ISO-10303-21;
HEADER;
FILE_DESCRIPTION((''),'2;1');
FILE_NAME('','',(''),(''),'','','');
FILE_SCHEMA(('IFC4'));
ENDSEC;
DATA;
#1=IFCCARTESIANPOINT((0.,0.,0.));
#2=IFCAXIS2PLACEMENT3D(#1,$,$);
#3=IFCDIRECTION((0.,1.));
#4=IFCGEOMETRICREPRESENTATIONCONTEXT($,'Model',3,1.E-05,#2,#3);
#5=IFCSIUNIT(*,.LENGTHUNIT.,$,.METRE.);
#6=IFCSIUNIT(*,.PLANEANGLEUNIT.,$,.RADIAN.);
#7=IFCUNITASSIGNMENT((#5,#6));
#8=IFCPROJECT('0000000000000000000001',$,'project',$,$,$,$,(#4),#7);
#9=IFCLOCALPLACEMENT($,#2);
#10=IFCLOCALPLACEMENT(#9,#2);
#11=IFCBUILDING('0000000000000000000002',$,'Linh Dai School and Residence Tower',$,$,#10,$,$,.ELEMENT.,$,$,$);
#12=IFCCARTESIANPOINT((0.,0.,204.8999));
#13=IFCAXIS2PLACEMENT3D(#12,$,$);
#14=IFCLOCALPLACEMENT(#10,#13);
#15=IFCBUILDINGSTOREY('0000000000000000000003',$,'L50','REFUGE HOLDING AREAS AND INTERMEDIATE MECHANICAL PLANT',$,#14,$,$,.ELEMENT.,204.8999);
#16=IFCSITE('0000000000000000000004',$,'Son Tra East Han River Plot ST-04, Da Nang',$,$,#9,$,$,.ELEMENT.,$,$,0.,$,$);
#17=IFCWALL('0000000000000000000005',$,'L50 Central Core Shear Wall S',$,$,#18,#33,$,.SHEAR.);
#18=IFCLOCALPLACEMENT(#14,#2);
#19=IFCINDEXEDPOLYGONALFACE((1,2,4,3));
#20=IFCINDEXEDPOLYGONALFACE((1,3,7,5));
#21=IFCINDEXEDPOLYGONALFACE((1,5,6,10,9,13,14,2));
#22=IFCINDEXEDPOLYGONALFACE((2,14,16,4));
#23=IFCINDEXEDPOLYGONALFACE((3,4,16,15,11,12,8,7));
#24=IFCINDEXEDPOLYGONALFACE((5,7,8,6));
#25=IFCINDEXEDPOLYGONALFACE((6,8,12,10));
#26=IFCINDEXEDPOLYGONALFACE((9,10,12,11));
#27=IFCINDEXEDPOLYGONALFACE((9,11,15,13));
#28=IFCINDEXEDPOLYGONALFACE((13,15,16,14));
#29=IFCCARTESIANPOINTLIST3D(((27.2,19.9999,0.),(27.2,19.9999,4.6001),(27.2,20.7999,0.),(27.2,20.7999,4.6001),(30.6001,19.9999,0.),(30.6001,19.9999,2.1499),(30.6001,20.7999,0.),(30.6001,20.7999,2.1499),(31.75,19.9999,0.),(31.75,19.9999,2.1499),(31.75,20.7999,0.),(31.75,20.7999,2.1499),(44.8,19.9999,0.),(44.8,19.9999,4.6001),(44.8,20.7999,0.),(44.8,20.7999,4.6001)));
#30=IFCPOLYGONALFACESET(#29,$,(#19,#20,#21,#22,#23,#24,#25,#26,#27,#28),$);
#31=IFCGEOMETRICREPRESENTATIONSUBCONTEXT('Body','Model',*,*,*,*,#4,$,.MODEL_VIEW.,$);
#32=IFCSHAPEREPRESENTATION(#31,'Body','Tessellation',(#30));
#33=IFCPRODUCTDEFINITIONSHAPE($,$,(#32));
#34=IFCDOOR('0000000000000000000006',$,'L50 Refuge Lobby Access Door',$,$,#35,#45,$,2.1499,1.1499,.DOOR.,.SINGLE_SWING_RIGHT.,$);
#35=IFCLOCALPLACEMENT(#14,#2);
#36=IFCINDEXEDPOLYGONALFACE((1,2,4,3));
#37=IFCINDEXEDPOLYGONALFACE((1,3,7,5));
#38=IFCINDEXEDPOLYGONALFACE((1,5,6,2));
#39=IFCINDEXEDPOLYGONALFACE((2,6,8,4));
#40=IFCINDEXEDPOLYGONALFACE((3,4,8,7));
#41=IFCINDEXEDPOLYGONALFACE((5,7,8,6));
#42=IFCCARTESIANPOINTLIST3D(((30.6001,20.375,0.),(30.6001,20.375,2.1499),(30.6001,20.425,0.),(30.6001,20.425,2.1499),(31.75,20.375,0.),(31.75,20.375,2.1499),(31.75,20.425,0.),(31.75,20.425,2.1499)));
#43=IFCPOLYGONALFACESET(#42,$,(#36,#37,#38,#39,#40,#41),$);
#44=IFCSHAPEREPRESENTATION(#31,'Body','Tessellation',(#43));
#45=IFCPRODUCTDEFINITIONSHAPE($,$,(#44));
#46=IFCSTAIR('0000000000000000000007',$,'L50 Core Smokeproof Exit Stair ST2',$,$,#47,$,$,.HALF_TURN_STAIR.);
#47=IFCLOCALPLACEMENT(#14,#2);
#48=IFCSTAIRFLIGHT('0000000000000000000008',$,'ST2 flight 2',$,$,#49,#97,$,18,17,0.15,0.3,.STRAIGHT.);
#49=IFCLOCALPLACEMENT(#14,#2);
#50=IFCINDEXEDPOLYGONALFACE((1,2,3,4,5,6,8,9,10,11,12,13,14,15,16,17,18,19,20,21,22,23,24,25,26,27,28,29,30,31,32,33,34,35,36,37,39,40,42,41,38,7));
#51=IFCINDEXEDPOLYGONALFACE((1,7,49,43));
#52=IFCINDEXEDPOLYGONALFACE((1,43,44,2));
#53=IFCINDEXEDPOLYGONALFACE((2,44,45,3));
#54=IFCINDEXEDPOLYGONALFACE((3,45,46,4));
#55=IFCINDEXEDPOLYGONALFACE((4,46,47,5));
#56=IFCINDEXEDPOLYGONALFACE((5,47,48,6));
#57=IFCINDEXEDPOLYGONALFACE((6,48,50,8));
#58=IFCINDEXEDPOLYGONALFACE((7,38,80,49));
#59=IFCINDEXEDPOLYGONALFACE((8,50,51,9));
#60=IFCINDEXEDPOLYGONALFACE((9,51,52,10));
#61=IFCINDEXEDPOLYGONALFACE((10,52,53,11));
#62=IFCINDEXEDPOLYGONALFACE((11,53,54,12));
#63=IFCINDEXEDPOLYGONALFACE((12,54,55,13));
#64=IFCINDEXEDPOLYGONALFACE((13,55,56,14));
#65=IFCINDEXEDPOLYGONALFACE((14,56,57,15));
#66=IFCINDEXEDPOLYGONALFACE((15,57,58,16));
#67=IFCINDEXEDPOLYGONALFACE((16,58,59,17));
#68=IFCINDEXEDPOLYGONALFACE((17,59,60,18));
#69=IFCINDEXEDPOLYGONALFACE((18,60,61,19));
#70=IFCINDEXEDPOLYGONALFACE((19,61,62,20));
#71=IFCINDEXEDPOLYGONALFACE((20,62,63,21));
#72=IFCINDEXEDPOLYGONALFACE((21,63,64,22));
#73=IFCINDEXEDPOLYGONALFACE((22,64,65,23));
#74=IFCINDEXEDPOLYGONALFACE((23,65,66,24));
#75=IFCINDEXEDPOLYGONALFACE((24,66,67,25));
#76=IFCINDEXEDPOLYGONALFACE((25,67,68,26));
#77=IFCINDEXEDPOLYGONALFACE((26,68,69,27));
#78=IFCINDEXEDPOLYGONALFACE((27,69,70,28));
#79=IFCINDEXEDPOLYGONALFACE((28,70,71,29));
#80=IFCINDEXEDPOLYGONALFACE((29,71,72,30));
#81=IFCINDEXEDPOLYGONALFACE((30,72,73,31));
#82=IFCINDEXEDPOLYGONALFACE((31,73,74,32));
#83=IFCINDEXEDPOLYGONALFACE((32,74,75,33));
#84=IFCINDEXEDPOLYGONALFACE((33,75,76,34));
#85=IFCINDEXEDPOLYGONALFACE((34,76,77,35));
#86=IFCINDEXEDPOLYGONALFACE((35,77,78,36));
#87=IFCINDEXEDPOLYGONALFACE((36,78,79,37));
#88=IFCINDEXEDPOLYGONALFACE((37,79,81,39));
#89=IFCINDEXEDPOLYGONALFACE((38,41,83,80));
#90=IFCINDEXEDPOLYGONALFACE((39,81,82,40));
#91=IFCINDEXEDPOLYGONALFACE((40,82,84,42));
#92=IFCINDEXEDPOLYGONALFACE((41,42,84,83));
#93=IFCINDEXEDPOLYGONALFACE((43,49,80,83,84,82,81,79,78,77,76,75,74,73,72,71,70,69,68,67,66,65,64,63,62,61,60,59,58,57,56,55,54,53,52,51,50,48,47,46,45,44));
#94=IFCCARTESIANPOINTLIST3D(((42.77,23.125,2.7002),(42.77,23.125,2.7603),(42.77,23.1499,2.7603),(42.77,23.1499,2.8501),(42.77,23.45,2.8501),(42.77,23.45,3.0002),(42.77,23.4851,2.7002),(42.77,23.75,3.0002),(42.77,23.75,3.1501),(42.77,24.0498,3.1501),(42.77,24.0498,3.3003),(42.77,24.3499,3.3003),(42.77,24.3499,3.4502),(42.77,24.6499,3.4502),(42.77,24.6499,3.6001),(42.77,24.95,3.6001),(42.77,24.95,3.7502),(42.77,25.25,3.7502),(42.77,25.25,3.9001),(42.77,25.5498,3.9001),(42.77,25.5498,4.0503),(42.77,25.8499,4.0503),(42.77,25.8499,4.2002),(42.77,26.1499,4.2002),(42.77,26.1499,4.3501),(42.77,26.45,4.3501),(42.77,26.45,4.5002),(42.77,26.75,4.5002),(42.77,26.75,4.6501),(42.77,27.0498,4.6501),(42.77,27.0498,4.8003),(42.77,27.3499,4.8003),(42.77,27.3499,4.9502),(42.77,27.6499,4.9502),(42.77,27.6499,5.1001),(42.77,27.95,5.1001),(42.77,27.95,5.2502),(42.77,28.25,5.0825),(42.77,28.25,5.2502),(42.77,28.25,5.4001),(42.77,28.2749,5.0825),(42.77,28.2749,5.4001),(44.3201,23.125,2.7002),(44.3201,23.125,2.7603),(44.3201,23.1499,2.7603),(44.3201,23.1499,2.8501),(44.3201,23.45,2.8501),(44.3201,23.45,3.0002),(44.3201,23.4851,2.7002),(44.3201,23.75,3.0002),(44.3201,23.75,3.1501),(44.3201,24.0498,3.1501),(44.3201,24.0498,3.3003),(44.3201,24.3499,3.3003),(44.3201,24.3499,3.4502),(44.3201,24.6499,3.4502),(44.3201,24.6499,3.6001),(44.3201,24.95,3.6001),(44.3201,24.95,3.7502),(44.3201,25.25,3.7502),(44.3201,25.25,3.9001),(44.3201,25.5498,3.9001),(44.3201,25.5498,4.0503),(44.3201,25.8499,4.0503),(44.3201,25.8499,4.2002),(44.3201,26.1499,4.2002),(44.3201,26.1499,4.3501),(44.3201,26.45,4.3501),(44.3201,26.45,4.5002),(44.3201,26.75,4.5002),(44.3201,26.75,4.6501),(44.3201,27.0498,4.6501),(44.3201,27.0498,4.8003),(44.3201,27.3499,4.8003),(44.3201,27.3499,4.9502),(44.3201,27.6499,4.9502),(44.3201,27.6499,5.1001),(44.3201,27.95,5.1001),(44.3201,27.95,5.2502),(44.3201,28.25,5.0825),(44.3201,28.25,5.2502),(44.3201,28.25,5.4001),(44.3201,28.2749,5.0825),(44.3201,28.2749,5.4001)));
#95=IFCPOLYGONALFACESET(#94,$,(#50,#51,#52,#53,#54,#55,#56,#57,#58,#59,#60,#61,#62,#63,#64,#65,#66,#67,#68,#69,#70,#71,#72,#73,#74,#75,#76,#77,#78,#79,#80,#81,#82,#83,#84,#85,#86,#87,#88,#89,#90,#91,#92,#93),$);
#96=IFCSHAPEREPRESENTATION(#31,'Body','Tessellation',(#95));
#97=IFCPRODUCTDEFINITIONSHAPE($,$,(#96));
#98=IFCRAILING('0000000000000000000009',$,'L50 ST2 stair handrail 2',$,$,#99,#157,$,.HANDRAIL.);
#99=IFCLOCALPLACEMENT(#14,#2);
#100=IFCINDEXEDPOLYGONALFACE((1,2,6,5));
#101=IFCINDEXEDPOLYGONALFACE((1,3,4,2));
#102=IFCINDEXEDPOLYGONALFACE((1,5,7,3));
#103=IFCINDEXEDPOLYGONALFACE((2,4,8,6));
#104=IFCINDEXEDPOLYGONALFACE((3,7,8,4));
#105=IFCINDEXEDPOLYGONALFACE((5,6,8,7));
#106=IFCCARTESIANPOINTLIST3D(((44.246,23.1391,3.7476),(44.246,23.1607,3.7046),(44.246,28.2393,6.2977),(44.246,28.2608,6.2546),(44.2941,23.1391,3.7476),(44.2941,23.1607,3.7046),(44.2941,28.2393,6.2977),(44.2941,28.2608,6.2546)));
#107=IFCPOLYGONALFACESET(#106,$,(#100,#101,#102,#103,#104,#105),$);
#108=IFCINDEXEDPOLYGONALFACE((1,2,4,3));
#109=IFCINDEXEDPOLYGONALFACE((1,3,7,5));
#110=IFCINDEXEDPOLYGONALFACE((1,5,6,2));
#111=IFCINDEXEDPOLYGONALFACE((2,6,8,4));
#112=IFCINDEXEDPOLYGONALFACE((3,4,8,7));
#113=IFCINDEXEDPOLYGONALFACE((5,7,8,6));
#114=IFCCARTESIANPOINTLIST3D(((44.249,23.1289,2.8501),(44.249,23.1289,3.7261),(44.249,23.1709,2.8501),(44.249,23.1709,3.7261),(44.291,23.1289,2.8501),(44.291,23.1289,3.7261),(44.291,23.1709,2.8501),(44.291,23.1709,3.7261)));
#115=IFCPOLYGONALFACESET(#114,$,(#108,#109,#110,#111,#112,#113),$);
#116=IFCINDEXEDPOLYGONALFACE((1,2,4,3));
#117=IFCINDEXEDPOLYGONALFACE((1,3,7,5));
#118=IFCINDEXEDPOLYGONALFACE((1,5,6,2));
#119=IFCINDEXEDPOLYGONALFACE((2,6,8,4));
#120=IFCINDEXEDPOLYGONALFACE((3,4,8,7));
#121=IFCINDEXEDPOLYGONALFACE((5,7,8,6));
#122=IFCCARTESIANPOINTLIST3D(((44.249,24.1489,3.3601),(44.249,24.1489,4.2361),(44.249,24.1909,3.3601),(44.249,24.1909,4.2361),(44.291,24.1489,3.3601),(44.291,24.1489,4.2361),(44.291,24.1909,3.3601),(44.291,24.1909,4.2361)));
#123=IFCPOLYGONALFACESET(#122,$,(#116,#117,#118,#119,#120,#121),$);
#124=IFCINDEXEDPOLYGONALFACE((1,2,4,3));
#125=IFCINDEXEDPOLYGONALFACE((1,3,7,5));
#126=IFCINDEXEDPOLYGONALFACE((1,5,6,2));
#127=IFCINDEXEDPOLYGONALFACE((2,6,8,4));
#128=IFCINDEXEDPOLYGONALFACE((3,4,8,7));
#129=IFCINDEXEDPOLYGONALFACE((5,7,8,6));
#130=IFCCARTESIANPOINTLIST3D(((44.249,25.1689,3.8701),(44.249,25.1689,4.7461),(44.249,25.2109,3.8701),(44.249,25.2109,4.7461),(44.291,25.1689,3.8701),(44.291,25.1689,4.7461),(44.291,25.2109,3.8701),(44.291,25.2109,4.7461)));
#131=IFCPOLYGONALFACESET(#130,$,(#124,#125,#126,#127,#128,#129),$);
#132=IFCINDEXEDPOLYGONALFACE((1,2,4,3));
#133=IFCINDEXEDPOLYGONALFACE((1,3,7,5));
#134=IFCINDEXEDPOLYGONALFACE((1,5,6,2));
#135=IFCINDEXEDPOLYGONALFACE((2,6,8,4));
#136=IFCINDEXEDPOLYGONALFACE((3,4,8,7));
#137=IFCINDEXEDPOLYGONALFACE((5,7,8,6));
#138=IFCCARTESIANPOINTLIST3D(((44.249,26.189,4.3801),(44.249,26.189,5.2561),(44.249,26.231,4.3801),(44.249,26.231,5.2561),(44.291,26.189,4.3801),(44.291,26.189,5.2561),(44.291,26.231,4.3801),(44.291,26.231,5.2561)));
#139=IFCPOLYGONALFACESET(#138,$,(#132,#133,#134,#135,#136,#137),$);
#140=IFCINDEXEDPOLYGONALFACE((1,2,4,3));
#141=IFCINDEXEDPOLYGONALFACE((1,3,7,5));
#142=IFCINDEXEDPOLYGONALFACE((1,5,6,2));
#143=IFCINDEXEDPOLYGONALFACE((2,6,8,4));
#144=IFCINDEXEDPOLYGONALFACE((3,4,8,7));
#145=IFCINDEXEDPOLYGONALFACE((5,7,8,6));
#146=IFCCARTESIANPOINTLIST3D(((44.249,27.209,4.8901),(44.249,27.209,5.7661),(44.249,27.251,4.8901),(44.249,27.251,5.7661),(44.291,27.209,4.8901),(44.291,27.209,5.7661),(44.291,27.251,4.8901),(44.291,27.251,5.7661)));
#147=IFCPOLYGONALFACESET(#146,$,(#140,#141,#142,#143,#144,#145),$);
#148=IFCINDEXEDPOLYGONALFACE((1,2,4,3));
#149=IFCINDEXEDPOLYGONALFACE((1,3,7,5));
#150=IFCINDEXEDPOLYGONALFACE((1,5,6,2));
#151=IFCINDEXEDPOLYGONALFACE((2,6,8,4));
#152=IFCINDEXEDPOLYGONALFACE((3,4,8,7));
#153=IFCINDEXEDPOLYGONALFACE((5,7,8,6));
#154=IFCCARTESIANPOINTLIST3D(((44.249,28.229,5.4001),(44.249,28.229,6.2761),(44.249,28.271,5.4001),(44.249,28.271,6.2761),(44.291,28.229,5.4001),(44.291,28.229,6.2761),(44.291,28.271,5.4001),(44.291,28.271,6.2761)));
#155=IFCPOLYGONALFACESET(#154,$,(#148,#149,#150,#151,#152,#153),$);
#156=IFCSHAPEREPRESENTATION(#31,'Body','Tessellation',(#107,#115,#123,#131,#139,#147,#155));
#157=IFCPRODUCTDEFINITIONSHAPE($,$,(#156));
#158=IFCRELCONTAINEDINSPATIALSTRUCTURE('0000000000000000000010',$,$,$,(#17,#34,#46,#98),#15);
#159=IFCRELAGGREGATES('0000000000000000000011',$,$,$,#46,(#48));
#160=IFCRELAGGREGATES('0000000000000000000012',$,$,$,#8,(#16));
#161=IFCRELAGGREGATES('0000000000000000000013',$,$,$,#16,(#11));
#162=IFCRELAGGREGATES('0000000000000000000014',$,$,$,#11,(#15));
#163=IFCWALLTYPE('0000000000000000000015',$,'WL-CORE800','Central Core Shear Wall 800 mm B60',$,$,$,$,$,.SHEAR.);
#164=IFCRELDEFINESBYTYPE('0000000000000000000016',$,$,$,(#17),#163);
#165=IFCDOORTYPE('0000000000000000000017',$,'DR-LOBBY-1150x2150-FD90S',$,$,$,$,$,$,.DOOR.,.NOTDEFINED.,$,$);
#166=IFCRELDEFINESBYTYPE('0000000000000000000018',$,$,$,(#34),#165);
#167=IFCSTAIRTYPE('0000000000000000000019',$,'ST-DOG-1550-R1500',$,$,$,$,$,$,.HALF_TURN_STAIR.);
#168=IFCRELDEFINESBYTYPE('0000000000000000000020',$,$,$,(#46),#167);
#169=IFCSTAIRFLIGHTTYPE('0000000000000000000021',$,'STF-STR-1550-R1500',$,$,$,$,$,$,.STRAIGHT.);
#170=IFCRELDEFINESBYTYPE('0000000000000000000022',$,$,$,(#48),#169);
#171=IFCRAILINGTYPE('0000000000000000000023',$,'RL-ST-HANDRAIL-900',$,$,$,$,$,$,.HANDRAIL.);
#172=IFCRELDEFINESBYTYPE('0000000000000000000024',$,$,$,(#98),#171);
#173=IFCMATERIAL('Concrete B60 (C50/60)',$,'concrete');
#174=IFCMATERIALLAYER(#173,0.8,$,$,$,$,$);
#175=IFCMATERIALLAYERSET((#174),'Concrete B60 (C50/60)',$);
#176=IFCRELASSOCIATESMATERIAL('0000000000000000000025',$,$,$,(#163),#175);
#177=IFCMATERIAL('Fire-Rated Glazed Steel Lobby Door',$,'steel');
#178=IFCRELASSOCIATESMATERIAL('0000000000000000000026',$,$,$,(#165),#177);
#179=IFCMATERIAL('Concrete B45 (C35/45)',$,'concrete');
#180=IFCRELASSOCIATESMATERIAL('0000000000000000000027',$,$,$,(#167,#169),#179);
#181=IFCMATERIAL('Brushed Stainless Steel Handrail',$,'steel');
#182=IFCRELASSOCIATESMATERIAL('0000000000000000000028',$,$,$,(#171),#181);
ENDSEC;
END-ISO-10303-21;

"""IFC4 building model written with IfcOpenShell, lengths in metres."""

from ifc_helpers import new_model, si_unit, direction, frame, frame_2d, origin, origin_2d, place, context, subcontext, project, spatial, polyline, rectangle, outline, extrude, source, transform, mapped, material, layer, layer_set, type_object, element, fill, aggregate, save


model = new_model("IFC4")

# Units and contexts
model_context = context("Model", 3, precision=1e-05, world=origin(), true_north=direction((0.0, 1.0)))
body_context = subcontext(model_context, "Body", "Model", "MODEL_VIEW")
ifc_project = project(units=[si_unit("LENGTHUNIT", "METRE"), si_unit("PLANEANGLEUNIT", "RADIAN")], contexts=[model_context])

# Site, building, storey
site_placement = place(None, origin())
site = spatial("IfcSite", under=ifc_project, at=site_placement, Name="Son Tra East Han River Plot ST-04, Da Nang", CompositionType="ELEMENT", RefElevation=0.0)
building_placement = place(site_placement, origin())
building = spatial("IfcBuilding", under=site, at=building_placement, Name="Linh Dai School and Residence Tower", CompositionType="ELEMENT")
storey_placement = place(building_placement, frame((0.0, 0.0, 204.8999)))
storey = spatial("IfcBuildingStorey", under=building, at=storey_placement, Name="L50", Description="REFUGE HOLDING AREAS AND INTERMEDIATE MECHANICAL PLANT", CompositionType="ELEMENT", Elevation=204.8999)

# Shared definitions
ifc_material_1 = material(Name="Concrete B45 (C35/45)", Category="concrete")

# Wall, opening, door
ifc_material_2 = material(Name="Concrete B60 (C50/60)", Category="concrete")
ifc_layer_1 = layer(ifc_material_2, 0.8)
ifc_layer_set_1 = layer_set([ifc_layer_1], Name="Concrete B60 (C50/60)")
wall_type_1 = type_object("IfcWallType", Name="WL-CORE800", Description="Central Core Shear Wall 800 mm B60", PredefinedType="SHEAR", material=ifc_layer_set_1)
wall_1_placement = place(storey_placement, frame((44.8, 20.3999, 0.0), z_axis=(0.0, 0.0, 1.0), x_axis=(-1.0, 0.0, 0.0)))
wall_1 = element("IfcWall", 1, at=wall_1_placement, inside=storey, type_object=wall_type_1, Name="L50 Central Core Shear Wall S", PredefinedType="SHEAR", context=body_context, shape_type="SweptSolid", body=[
    extrude(rectangle(XDim=17.6001, YDim=0.8, at=frame_2d((8.8, 0.0))), origin(), (0.0, 0.0, 1.0), 4.6001),
])
opening_1_placement = place(wall_1_placement, frame((13.05, 0.0, 0.0)))
opening_1 = element("IfcOpeningElement", 2, at=opening_1_placement, cuts=wall_1, PredefinedType="OPENING", context=body_context, shape_type="SweptSolid", body=[
    extrude(rectangle(XDim=1.1499, YDim=2.1499, at=origin_2d()), frame((0.575, 0.4102, 1.075), z_axis=(0.0, -1.0, 0.0), x_axis=(1.0, 0.0, 0.0)), (0.0, 0.0, 1.0), 0.8201),
])
ifc_material_3 = material(Name="Fire-Rated Glazed Steel Lobby Door", Category="steel")
door_type_1 = type_object("IfcDoorType", Name="DR-LOBBY-1150x2150-FD90S", OperationType="NOTDEFINED", PredefinedType="DOOR", material=ifc_material_3)
shared_shape_1 = source(origin(), body_context, "Body", "SweptSolid", [
    extrude(rectangle(XDim=1.1499, YDim=2.1499, at=origin_2d()), frame((0.575, 0.0249, 1.075), z_axis=(0.0, -1.0, 0.0), x_axis=(1.0, 0.0, 0.0)), (0.0, 0.0, 1.0), 0.05),
])
door_1_placement = place(opening_1_placement, origin())
door_1 = element("IfcDoor", 3, at=door_1_placement, inside=storey, type_object=door_type_1, Name="L50 Refuge Lobby Access Door", OperationType="SINGLE_SWING_RIGHT", OverallHeight=2.1499, OverallWidth=1.1499, PredefinedType="DOOR", context=body_context, shape_type="MappedRepresentation", body=[
    mapped(shared_shape_1, transform((0.0, 0.0, 0.0), x_axis=(1.0, 0.0, 0.0), y_axis=(0.0, 1.0, 0.0), z_axis=(0.0, 0.0, 1.0), scale=1.0)),
])
fill(opening_1, door_1)

# Stair, stair flight
stair_type = type_object("IfcStairType", Name="ST-DOG-1550-R1500", PredefinedType="HALF_TURN_STAIR", material=ifc_material_1)
stair_placement = place(storey_placement, origin())
stair = element("IfcStair", 4, at=stair_placement, inside=storey, type_object=stair_type, Name="L50 Core Smokeproof Exit Stair ST2", PredefinedType="HALF_TURN_STAIR")
stair_flight_type = type_object("IfcStairFlightType", Name="STF-STR-1550-R1500", PredefinedType="STRAIGHT", material=ifc_material_1)
shared_shape_2 = source(origin(), body_context, "Body", "SweptSolid", [
    extrude(outline(polyline([(-0.0249, 0.0), (-0.0249, 0.0601), (0.0, 0.0601), (0.0, 0.1499), (0.3, 0.1499), (0.3, 0.3), (0.6001, 0.3), (0.6001, 0.45), (0.8999, 0.45), (0.8999, 0.6001), (1.2, 0.6001), (1.2, 0.75), (1.5, 0.75), (1.5, 0.8999), (1.8, 0.8999), (1.8, 1.05), (2.1001, 1.05), (2.1001, 1.2), (2.3999, 1.2), (2.3999, 1.3501), (2.7, 1.3501), (2.7, 1.5), (3.0, 1.5), (3.0, 1.6499), (3.3, 1.6499), (3.3, 1.8), (3.6001, 1.8), (3.6001, 1.95), (3.8999, 1.95), (3.8999, 2.1001), (4.2, 2.1001), (4.2, 2.25), (4.5, 2.25), (4.5, 2.3999), (4.8, 2.3999), (4.8, 2.55), (5.1001, 2.55), (5.1001, 2.7), (5.125, 2.7), (5.125, 2.3823), (5.1001, 2.3823), (0.3352, 0.0), (-0.0249, 0.0)])), frame((0.0, 0.7749, 0.0), z_axis=(0.0, -1.0, 0.0), x_axis=(1.0, 0.0, 0.0)), (0.0, 0.0, 1.0), 1.55),
])
stair_flight_placement = place(storey_placement, frame((43.5449, 23.1499, 2.7002), z_axis=(0.0, 0.0, 1.0), x_axis=(0.0, 1.0, 0.0)))
stair_flight = element("IfcStairFlight", 5, at=stair_flight_placement, type_object=stair_flight_type, Name="ST2 flight 2", NumberOfRisers=18, NumberOfTreads=17, PredefinedType="STRAIGHT", RiserHeight=0.15, TreadLength=0.3, context=body_context, shape_type="MappedRepresentation", body=[
    mapped(shared_shape_2, transform((0.0, 0.0, 0.0), x_axis=(1.0, 0.0, 0.0), y_axis=(0.0, 1.0, 0.0), z_axis=(0.0, 0.0, 1.0), scale=1.0)),
])
aggregate(stair, [stair_flight])

# Railing
ifc_material_4 = material(Name="Brushed Stainless Steel Handrail", Category="steel")
railing_type_1 = type_object("IfcRailingType", Name="RL-ST-HANDRAIL-900", PredefinedType="HANDRAIL", material=ifc_material_4)
shared_shape_3 = source(origin(), body_context, "Body", "SweptSolid", [
    extrude(rectangle(XDim=0.0481, YDim=0.0481, at=origin_2d()), frame((0.0, 0.0, 0.876), z_axis=(0.0, 0.894427, 0.447214), x_axis=(-1.0, 0.0, 0.0)), (0.0, 0.0, 1.0), 5.7021),
    extrude(rectangle(XDim=0.042, YDim=0.042, at=origin_2d()), origin(), (0.0, 0.0, 1.0), 0.876),
    extrude(rectangle(XDim=0.042, YDim=0.042, at=origin_2d()), frame((0.0, 1.02, 0.51)), (0.0, 0.0, 1.0), 0.876),
    extrude(rectangle(XDim=0.042, YDim=0.042, at=origin_2d()), frame((0.0, 2.04, 1.02)), (0.0, 0.0, 1.0), 0.876),
    extrude(rectangle(XDim=0.042, YDim=0.042, at=origin_2d()), frame((0.0, 3.0601, 1.53)), (0.0, 0.0, 1.0), 0.876),
    extrude(rectangle(XDim=0.042, YDim=0.042, at=origin_2d()), frame((0.0, 4.0801, 2.04)), (0.0, 0.0, 1.0), 0.876),
    extrude(rectangle(XDim=0.042, YDim=0.042, at=origin_2d()), frame((0.0, 5.1001, 2.55)), (0.0, 0.0, 1.0), 0.876),
])
railing_1_placement = place(storey_placement, frame((44.27, 23.1499, 2.8501)))
element("IfcRailing", 6, at=railing_1_placement, inside=storey, type_object=railing_type_1, Name="L50 ST2 stair handrail 2", PredefinedType="HANDRAIL", context=body_context, shape_type="MappedRepresentation", body=[
    mapped(shared_shape_3, transform((0.0, 0.0, 0.0), x_axis=(1.0, 0.0, 0.0), y_axis=(0.0, 1.0, 0.0), z_axis=(0.0, 0.0, 1.0), scale=1.0)),
])

save(model, "model.ifc")
